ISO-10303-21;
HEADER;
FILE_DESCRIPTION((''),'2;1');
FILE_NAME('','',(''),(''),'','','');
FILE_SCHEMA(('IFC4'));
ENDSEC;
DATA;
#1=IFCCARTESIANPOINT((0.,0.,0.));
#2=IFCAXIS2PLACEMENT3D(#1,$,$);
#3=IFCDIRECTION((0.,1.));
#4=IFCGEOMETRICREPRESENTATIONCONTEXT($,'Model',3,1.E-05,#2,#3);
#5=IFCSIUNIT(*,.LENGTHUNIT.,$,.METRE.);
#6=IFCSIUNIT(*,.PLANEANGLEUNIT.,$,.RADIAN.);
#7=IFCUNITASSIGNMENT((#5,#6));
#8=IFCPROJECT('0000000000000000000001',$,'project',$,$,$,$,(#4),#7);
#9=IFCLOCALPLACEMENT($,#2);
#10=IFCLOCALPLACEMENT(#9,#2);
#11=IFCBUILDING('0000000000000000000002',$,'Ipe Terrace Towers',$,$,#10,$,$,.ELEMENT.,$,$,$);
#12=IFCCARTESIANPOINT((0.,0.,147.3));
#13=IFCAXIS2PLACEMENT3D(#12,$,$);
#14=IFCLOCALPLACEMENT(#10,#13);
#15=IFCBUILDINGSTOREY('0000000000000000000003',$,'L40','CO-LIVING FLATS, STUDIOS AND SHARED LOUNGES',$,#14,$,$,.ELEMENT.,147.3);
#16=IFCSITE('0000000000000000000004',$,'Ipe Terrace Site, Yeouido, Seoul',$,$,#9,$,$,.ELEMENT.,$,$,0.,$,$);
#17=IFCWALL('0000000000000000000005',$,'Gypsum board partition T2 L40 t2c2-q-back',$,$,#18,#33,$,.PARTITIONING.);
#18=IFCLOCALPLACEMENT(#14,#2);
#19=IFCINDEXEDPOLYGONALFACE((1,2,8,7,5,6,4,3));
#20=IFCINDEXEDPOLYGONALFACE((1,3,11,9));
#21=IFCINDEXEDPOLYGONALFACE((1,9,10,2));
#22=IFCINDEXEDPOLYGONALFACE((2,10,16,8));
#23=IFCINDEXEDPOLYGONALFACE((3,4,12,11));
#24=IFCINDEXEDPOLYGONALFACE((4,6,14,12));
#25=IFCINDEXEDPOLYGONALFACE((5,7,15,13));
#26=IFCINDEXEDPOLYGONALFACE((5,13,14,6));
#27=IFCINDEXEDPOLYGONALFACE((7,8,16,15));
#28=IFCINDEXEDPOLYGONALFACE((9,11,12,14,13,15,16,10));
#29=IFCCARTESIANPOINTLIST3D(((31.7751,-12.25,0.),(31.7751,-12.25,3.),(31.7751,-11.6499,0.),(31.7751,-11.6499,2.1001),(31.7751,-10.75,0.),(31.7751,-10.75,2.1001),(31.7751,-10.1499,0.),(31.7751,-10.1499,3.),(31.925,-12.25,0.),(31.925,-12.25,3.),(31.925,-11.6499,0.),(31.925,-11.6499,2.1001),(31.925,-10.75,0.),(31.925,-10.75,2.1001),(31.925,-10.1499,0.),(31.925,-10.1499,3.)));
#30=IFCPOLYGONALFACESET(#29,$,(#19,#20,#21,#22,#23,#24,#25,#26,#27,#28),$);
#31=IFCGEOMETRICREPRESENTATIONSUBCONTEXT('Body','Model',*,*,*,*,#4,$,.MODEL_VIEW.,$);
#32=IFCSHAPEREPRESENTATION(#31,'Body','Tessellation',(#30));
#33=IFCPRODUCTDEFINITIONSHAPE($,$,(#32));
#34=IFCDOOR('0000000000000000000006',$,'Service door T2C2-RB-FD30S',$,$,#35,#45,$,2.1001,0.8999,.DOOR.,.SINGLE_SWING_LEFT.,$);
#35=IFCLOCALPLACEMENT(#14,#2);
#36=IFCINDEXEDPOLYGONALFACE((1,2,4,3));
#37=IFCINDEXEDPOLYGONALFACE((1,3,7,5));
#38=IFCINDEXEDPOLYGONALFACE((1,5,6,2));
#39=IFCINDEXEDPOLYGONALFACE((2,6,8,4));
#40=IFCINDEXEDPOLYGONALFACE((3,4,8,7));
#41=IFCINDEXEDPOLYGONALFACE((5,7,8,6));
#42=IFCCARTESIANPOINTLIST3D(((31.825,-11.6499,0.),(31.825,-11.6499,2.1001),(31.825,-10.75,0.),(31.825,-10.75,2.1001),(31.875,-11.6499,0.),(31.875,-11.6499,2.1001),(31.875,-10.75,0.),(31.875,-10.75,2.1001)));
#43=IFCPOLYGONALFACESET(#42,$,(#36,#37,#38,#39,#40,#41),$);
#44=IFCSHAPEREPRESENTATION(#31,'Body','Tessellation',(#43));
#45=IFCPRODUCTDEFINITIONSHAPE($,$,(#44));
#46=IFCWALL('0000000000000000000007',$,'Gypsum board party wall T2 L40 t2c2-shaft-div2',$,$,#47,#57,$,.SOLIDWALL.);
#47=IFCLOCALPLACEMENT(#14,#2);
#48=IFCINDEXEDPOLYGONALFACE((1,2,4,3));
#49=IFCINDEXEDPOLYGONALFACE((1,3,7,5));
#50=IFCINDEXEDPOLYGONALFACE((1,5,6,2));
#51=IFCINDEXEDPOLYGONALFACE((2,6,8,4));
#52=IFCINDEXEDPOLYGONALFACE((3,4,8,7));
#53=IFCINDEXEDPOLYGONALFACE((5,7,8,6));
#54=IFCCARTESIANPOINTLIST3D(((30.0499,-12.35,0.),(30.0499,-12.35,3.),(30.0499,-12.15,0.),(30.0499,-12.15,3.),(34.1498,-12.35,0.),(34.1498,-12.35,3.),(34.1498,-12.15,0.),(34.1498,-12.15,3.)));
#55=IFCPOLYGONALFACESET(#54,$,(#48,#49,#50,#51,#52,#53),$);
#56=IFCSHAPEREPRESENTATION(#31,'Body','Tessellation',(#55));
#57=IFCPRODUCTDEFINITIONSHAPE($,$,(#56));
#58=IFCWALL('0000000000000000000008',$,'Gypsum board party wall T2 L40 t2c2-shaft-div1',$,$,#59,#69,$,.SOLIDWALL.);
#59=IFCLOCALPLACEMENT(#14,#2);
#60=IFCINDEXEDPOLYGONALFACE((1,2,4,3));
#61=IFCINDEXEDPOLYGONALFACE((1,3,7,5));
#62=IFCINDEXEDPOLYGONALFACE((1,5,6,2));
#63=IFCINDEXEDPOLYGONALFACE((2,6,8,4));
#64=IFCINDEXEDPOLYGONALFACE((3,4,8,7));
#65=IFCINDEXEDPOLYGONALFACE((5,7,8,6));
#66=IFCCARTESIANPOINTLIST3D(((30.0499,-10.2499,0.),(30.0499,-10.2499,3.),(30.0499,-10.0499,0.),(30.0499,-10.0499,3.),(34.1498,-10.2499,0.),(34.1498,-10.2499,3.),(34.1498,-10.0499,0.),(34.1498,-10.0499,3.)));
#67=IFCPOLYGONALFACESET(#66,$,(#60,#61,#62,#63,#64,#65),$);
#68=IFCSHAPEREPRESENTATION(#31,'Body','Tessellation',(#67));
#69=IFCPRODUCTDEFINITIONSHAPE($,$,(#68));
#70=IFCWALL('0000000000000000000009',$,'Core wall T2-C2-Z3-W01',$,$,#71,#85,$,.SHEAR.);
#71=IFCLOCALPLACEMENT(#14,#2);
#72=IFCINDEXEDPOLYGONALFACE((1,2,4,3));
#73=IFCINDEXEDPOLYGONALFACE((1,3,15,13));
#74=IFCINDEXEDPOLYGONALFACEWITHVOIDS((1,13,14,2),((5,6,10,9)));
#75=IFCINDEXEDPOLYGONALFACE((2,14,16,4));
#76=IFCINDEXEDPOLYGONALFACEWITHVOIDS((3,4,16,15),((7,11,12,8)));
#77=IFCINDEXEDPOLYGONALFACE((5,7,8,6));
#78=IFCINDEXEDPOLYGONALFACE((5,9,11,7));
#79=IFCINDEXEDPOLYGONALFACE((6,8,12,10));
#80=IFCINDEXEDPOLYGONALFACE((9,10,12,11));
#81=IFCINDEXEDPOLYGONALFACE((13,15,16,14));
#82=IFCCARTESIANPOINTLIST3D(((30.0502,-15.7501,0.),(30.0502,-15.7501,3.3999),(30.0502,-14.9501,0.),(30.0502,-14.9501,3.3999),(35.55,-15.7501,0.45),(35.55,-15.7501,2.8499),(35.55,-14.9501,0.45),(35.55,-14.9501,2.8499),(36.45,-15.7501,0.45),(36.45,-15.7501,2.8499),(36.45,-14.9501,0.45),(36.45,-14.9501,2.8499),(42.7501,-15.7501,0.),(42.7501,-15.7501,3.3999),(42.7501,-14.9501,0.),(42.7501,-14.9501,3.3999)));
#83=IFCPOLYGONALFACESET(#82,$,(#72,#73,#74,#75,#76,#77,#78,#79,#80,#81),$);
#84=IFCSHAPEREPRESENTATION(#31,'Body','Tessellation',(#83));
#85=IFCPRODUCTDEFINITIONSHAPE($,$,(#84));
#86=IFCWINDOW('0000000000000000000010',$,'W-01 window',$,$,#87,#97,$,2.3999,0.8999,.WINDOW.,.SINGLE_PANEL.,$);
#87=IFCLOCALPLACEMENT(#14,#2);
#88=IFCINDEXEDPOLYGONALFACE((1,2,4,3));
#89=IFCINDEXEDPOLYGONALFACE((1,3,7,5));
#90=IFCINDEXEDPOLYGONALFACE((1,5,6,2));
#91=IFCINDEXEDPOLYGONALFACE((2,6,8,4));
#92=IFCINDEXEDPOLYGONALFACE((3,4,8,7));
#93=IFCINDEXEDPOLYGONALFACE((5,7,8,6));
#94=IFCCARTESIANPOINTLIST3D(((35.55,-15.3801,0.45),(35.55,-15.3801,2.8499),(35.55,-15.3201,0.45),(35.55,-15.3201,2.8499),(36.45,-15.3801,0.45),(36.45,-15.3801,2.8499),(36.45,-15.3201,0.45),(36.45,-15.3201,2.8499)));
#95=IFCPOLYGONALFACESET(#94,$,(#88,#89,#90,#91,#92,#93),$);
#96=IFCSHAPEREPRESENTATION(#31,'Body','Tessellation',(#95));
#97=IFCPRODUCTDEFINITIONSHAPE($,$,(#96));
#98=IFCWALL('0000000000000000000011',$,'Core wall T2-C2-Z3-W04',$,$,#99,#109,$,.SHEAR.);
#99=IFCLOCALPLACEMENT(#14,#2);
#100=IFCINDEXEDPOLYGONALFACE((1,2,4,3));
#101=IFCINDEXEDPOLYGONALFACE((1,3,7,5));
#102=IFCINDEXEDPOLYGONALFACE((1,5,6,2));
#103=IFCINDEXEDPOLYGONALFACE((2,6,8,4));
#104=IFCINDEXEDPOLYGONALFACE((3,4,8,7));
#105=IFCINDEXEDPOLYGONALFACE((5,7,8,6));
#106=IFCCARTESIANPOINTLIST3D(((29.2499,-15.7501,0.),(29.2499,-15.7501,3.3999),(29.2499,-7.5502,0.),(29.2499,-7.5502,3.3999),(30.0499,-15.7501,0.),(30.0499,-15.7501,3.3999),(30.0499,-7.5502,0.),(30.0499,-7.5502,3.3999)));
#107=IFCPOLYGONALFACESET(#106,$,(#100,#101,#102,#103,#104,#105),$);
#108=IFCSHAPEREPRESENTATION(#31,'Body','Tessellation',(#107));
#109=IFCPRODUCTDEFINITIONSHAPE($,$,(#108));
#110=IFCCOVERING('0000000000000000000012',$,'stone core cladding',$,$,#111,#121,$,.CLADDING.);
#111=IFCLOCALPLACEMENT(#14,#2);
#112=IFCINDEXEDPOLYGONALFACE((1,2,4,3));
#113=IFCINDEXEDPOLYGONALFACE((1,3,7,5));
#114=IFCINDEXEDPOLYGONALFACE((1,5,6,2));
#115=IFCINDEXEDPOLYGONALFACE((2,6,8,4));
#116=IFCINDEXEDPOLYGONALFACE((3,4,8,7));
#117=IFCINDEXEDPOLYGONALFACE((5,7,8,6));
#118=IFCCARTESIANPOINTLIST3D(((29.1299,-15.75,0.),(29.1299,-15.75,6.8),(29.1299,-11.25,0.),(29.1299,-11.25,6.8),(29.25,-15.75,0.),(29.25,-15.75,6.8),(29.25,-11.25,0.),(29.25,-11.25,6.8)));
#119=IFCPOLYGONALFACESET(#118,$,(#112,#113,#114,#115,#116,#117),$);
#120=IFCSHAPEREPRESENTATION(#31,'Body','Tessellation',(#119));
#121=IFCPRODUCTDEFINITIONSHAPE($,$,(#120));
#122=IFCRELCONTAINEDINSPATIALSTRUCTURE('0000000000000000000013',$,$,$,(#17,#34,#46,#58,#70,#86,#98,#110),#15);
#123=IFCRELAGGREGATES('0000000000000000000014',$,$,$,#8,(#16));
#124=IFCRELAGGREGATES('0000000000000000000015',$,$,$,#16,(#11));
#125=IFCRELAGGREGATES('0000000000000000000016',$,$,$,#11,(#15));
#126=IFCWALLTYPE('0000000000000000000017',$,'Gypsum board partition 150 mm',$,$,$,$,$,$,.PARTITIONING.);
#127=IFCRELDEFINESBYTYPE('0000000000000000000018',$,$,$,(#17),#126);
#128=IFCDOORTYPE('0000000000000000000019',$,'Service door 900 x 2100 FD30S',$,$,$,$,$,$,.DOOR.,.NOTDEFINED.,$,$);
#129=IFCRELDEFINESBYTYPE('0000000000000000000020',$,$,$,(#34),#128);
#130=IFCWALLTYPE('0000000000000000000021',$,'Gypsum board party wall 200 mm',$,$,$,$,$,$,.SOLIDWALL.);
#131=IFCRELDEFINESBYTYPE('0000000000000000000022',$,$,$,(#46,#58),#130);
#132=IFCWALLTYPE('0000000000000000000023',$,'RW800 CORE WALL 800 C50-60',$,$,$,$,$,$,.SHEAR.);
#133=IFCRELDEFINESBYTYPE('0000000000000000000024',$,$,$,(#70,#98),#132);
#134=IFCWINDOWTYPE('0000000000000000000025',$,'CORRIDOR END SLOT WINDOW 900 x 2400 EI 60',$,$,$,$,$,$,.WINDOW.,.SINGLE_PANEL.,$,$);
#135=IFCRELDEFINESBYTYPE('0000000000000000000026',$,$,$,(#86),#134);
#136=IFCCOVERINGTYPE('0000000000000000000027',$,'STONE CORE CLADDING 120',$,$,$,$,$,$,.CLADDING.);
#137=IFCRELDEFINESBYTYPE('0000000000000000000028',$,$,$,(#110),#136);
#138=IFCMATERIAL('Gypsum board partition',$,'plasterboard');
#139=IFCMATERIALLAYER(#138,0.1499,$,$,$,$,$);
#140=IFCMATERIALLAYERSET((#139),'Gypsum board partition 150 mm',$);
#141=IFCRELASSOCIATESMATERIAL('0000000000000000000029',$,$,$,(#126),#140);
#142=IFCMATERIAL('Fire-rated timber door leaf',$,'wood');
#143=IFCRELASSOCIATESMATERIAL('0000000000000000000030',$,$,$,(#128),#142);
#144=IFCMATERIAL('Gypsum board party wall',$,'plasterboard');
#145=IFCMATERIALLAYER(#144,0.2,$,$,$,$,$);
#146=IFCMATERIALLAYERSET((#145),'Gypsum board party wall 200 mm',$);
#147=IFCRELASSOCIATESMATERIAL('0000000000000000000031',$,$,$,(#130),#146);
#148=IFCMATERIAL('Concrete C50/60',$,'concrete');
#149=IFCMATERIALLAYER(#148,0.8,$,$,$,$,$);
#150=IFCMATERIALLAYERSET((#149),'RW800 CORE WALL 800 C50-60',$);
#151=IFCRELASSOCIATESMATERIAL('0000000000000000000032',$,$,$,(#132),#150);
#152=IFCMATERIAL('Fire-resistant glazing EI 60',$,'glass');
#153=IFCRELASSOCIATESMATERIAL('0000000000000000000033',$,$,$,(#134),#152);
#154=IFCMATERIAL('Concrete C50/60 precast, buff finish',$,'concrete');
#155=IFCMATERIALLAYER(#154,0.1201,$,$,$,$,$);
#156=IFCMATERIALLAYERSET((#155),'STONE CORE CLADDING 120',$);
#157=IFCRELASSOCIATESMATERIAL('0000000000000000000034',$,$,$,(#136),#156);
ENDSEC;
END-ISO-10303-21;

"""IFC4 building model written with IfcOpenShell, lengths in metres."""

from ifc_helpers import new_model, si_unit, direction, frame, frame_2d, origin, origin_2d, place, context, subcontext, project, spatial, rectangle, extrude, material, layer, layer_set, type_object, element, fill, save


model = new_model("IFC4")

# Units and contexts
model_context = context("Model", 3, precision=1e-05, world=origin(), true_north=direction((0.0, 1.0)))
body_context = subcontext(model_context, "Body", "Model", "MODEL_VIEW")
ifc_project = project(units=[si_unit("LENGTHUNIT", "METRE"), si_unit("PLANEANGLEUNIT", "RADIAN")], contexts=[model_context])

# Site, building, storey
site_placement = place(None, origin())
site = spatial("IfcSite", under=ifc_project, at=site_placement, Name="Ipe Terrace Site, Yeouido, Seoul", CompositionType="ELEMENT", RefElevation=0.0)
building_placement = place(site_placement, origin())
building = spatial("IfcBuilding", under=site, at=building_placement, Name="Ipe Terrace Towers", CompositionType="ELEMENT")
storey_placement = place(building_placement, frame((0.0, 0.0, 147.3)))
storey = spatial("IfcBuildingStorey", under=building, at=storey_placement, Name="L40", Description="CO-LIVING FLATS, STUDIOS AND SHARED LOUNGES", CompositionType="ELEMENT", Elevation=147.3)

# Wall, opening, door
ifc_material_1 = material(Name="Gypsum board partition", Category="plasterboard")
ifc_layer_1 = layer(ifc_material_1, 0.1499)
ifc_layer_set_1 = layer_set([ifc_layer_1], Name="Gypsum board partition 150 mm")
wall_type_1 = type_object("IfcWallType", Name="Gypsum board partition 150 mm", PredefinedType="PARTITIONING", material=ifc_layer_set_1)
wall_1_placement = place(storey_placement, frame((31.8501, -10.1499, 0.0), z_axis=(0.0, 0.0, 1.0), x_axis=(0.0, -1.0, 0.0)))
wall_1 = element("IfcWall", 1, at=wall_1_placement, inside=storey, type_object=wall_type_1, Name="Gypsum board partition T2 L40 t2c2-q-back", PredefinedType="PARTITIONING", context=body_context, shape_type="SweptSolid", body=[
    extrude(rectangle(XDim=2.1001, YDim=0.1499, at=frame_2d((1.05, 0.0))), origin(), (0.0, 0.0, 1.0), 3.0),
])
opening_1_placement = place(wall_1_placement, frame((0.6001, 0.0, 0.0)))
opening_1 = element("IfcOpeningElement", 2, at=opening_1_placement, cuts=wall_1, PredefinedType="OPENING", context=body_context, shape_type="SweptSolid", body=[
    extrude(rectangle(XDim=0.8999, YDim=2.1001, at=frame_2d((0.45, 1.05))), frame((0.0, 0.085, 0.0), z_axis=(0.0, -1.0, 0.0), x_axis=(1.0, 0.0, 0.0)), (0.0, 0.0, 1.0), 0.1699),
])
ifc_material_2 = material(Name="Fire-rated timber door leaf", Category="wood")
door_type_1 = type_object("IfcDoorType", Name="Service door 900 x 2100 FD30S", OperationType="NOTDEFINED", PredefinedType="DOOR", material=ifc_material_2)
door_1_placement = place(opening_1_placement, origin())
door_1 = element("IfcDoor", 3, at=door_1_placement, inside=storey, type_object=door_type_1, Name="Service door T2C2-RB-FD30S", OperationType="SINGLE_SWING_LEFT", OverallHeight=2.1001, OverallWidth=0.8999, PredefinedType="DOOR", context=body_context, shape_type="SweptSolid", body=[
    extrude(rectangle(XDim=0.8999, YDim=2.1001, at=frame_2d((0.45, 1.05))), frame((0.0, 0.0249, 0.0), z_axis=(0.0, -1.0, 0.0), x_axis=(1.0, 0.0, 0.0)), (0.0, 0.0, 1.0), 0.05),
])
fill(opening_1, door_1)

# Walls
ifc_material_3 = material(Name="Gypsum board party wall", Category="plasterboard")
ifc_layer_2 = layer(ifc_material_3, 0.2)
ifc_layer_set_2 = layer_set([ifc_layer_2], Name="Gypsum board party wall 200 mm")
wall_type_2 = type_object("IfcWallType", Name="Gypsum board party wall 200 mm", PredefinedType="SOLIDWALL", material=ifc_layer_set_2)
for number, where, z_axis, x_axis, name in (
    (4, (30.05, -12.25, 0.0), (0.0, 0.0, 1.0), (1.0, 0.0, 0.0), "Gypsum board party wall T2 L40 t2c2-shaft-div2"),
    (5, (30.05, -10.1499, 0.0), (0.0, 0.0, 1.0), (1.0, 0.0, 0.0), "Gypsum board party wall T2 L40 t2c2-shaft-div1"),
):
    element("IfcWall", number, at=place(storey_placement, frame(where, z_axis=z_axis, x_axis=x_axis)), inside=storey, type_object=wall_type_2, Name=name, PredefinedType="SOLIDWALL", context=body_context, shape_type="SweptSolid", body=[
        extrude(rectangle(XDim=4.0999, YDim=0.2, at=frame_2d((2.0498, 0.0))), origin(), (0.0, 0.0, 1.0), 3.0),
    ])

# Wall, opening, window
ifc_material_4 = material(Name="Concrete C50/60", Category="concrete")
ifc_layer_3 = layer(ifc_material_4, 0.8)
ifc_layer_set_3 = layer_set([ifc_layer_3], Name="RW800 CORE WALL 800 C50-60")
wall_type_3 = type_object("IfcWallType", Name="RW800 CORE WALL 800 C50-60", PredefinedType="SHEAR", material=ifc_layer_set_3)
wall_2_placement = place(storey_placement, frame((30.05, -15.3501, 0.0), z_axis=(0.0, 0.0, 1.0), x_axis=(1.0, 0.0, 0.0)))
wall_2 = element("IfcWall", 6, at=wall_2_placement, inside=storey, type_object=wall_type_3, Name="Core wall T2-C2-Z3-W01", PredefinedType="SHEAR", context=body_context, shape_type="SweptSolid", body=[
    extrude(rectangle(XDim=12.7, YDim=0.8, at=frame_2d((6.3501, 0.0))), origin(), (0.0, 0.0, 1.0), 3.3999),
])
opening_2_placement = place(wall_2_placement, frame((5.5, 0.0, 0.45)))
opening_2 = element("IfcOpeningElement", 7, at=opening_2_placement, cuts=wall_2, PredefinedType="OPENING", context=body_context, shape_type="SweptSolid", body=[
    extrude(rectangle(XDim=0.8999, YDim=2.3999, at=frame_2d((0.45, 1.2))), frame((0.0, 0.4102, 0.0), z_axis=(0.0, -1.0, 0.0), x_axis=(1.0, 0.0, 0.0)), (0.0, 0.0, 1.0), 0.8201),
])
ifc_material_5 = material(Name="Fire-resistant glazing EI 60", Category="glass")
window_type = type_object("IfcWindowType", Name="CORRIDOR END SLOT WINDOW 900 x 2400 EI 60", PartitioningType="SINGLE_PANEL", PredefinedType="WINDOW", material=ifc_material_5)
window_placement = place(opening_2_placement, origin())
window = element("IfcWindow", 8, at=window_placement, inside=storey, type_object=window_type, Name="W-01 window", OverallHeight=2.3999, OverallWidth=0.8999, PartitioningType="SINGLE_PANEL", PredefinedType="WINDOW", context=body_context, shape_type="SweptSolid", body=[
    extrude(rectangle(XDim=0.8999, YDim=2.3999, at=frame_2d((0.45, 1.2))), frame((0.0, 0.03, 0.0), z_axis=(0.0, -1.0, 0.0), x_axis=(1.0, 0.0, 0.0)), (0.0, 0.0, 1.0), 0.0601),
])
fill(opening_2, window)

# Wall
wall_3_placement = place(storey_placement, frame((29.6499, -7.55, 0.0), z_axis=(0.0, 0.0, 1.0), x_axis=(0.0, -1.0, 0.0)))
element("IfcWall", 9, at=wall_3_placement, inside=storey, type_object=wall_type_3, Name="Core wall T2-C2-Z3-W04", PredefinedType="SHEAR", context=body_context, shape_type="SweptSolid", body=[
    extrude(rectangle(XDim=8.2, YDim=0.8, at=frame_2d((4.1001, 0.0))), origin(), (0.0, 0.0, 1.0), 3.3999),
])

# Covering
ifc_material_6 = material(Name="Concrete C50/60 precast, buff finish", Category="concrete")
ifc_layer_4 = layer(ifc_material_6, 0.1201)
ifc_layer_set_4 = layer_set([ifc_layer_4], Name="STONE CORE CLADDING 120")
covering_type = type_object("IfcCoveringType", Name="STONE CORE CLADDING 120", PredefinedType="CLADDING", material=ifc_layer_set_4)
covering_placement = place(storey_placement, frame((29.1899, -13.5, 0.0), z_axis=(0.0, 0.0, 1.0), x_axis=(0.0, -1.0, 0.0)))
element("IfcCovering", 10, at=covering_placement, inside=storey, type_object=covering_type, Name="stone core cladding", PredefinedType="CLADDING", context=body_context, shape_type="SweptSolid", body=[
    extrude(rectangle(XDim=4.5, YDim=0.1201, at=origin_2d()), origin(), (0.0, 0.0, 1.0), 6.8),
])

save(model, "model.ifc")
